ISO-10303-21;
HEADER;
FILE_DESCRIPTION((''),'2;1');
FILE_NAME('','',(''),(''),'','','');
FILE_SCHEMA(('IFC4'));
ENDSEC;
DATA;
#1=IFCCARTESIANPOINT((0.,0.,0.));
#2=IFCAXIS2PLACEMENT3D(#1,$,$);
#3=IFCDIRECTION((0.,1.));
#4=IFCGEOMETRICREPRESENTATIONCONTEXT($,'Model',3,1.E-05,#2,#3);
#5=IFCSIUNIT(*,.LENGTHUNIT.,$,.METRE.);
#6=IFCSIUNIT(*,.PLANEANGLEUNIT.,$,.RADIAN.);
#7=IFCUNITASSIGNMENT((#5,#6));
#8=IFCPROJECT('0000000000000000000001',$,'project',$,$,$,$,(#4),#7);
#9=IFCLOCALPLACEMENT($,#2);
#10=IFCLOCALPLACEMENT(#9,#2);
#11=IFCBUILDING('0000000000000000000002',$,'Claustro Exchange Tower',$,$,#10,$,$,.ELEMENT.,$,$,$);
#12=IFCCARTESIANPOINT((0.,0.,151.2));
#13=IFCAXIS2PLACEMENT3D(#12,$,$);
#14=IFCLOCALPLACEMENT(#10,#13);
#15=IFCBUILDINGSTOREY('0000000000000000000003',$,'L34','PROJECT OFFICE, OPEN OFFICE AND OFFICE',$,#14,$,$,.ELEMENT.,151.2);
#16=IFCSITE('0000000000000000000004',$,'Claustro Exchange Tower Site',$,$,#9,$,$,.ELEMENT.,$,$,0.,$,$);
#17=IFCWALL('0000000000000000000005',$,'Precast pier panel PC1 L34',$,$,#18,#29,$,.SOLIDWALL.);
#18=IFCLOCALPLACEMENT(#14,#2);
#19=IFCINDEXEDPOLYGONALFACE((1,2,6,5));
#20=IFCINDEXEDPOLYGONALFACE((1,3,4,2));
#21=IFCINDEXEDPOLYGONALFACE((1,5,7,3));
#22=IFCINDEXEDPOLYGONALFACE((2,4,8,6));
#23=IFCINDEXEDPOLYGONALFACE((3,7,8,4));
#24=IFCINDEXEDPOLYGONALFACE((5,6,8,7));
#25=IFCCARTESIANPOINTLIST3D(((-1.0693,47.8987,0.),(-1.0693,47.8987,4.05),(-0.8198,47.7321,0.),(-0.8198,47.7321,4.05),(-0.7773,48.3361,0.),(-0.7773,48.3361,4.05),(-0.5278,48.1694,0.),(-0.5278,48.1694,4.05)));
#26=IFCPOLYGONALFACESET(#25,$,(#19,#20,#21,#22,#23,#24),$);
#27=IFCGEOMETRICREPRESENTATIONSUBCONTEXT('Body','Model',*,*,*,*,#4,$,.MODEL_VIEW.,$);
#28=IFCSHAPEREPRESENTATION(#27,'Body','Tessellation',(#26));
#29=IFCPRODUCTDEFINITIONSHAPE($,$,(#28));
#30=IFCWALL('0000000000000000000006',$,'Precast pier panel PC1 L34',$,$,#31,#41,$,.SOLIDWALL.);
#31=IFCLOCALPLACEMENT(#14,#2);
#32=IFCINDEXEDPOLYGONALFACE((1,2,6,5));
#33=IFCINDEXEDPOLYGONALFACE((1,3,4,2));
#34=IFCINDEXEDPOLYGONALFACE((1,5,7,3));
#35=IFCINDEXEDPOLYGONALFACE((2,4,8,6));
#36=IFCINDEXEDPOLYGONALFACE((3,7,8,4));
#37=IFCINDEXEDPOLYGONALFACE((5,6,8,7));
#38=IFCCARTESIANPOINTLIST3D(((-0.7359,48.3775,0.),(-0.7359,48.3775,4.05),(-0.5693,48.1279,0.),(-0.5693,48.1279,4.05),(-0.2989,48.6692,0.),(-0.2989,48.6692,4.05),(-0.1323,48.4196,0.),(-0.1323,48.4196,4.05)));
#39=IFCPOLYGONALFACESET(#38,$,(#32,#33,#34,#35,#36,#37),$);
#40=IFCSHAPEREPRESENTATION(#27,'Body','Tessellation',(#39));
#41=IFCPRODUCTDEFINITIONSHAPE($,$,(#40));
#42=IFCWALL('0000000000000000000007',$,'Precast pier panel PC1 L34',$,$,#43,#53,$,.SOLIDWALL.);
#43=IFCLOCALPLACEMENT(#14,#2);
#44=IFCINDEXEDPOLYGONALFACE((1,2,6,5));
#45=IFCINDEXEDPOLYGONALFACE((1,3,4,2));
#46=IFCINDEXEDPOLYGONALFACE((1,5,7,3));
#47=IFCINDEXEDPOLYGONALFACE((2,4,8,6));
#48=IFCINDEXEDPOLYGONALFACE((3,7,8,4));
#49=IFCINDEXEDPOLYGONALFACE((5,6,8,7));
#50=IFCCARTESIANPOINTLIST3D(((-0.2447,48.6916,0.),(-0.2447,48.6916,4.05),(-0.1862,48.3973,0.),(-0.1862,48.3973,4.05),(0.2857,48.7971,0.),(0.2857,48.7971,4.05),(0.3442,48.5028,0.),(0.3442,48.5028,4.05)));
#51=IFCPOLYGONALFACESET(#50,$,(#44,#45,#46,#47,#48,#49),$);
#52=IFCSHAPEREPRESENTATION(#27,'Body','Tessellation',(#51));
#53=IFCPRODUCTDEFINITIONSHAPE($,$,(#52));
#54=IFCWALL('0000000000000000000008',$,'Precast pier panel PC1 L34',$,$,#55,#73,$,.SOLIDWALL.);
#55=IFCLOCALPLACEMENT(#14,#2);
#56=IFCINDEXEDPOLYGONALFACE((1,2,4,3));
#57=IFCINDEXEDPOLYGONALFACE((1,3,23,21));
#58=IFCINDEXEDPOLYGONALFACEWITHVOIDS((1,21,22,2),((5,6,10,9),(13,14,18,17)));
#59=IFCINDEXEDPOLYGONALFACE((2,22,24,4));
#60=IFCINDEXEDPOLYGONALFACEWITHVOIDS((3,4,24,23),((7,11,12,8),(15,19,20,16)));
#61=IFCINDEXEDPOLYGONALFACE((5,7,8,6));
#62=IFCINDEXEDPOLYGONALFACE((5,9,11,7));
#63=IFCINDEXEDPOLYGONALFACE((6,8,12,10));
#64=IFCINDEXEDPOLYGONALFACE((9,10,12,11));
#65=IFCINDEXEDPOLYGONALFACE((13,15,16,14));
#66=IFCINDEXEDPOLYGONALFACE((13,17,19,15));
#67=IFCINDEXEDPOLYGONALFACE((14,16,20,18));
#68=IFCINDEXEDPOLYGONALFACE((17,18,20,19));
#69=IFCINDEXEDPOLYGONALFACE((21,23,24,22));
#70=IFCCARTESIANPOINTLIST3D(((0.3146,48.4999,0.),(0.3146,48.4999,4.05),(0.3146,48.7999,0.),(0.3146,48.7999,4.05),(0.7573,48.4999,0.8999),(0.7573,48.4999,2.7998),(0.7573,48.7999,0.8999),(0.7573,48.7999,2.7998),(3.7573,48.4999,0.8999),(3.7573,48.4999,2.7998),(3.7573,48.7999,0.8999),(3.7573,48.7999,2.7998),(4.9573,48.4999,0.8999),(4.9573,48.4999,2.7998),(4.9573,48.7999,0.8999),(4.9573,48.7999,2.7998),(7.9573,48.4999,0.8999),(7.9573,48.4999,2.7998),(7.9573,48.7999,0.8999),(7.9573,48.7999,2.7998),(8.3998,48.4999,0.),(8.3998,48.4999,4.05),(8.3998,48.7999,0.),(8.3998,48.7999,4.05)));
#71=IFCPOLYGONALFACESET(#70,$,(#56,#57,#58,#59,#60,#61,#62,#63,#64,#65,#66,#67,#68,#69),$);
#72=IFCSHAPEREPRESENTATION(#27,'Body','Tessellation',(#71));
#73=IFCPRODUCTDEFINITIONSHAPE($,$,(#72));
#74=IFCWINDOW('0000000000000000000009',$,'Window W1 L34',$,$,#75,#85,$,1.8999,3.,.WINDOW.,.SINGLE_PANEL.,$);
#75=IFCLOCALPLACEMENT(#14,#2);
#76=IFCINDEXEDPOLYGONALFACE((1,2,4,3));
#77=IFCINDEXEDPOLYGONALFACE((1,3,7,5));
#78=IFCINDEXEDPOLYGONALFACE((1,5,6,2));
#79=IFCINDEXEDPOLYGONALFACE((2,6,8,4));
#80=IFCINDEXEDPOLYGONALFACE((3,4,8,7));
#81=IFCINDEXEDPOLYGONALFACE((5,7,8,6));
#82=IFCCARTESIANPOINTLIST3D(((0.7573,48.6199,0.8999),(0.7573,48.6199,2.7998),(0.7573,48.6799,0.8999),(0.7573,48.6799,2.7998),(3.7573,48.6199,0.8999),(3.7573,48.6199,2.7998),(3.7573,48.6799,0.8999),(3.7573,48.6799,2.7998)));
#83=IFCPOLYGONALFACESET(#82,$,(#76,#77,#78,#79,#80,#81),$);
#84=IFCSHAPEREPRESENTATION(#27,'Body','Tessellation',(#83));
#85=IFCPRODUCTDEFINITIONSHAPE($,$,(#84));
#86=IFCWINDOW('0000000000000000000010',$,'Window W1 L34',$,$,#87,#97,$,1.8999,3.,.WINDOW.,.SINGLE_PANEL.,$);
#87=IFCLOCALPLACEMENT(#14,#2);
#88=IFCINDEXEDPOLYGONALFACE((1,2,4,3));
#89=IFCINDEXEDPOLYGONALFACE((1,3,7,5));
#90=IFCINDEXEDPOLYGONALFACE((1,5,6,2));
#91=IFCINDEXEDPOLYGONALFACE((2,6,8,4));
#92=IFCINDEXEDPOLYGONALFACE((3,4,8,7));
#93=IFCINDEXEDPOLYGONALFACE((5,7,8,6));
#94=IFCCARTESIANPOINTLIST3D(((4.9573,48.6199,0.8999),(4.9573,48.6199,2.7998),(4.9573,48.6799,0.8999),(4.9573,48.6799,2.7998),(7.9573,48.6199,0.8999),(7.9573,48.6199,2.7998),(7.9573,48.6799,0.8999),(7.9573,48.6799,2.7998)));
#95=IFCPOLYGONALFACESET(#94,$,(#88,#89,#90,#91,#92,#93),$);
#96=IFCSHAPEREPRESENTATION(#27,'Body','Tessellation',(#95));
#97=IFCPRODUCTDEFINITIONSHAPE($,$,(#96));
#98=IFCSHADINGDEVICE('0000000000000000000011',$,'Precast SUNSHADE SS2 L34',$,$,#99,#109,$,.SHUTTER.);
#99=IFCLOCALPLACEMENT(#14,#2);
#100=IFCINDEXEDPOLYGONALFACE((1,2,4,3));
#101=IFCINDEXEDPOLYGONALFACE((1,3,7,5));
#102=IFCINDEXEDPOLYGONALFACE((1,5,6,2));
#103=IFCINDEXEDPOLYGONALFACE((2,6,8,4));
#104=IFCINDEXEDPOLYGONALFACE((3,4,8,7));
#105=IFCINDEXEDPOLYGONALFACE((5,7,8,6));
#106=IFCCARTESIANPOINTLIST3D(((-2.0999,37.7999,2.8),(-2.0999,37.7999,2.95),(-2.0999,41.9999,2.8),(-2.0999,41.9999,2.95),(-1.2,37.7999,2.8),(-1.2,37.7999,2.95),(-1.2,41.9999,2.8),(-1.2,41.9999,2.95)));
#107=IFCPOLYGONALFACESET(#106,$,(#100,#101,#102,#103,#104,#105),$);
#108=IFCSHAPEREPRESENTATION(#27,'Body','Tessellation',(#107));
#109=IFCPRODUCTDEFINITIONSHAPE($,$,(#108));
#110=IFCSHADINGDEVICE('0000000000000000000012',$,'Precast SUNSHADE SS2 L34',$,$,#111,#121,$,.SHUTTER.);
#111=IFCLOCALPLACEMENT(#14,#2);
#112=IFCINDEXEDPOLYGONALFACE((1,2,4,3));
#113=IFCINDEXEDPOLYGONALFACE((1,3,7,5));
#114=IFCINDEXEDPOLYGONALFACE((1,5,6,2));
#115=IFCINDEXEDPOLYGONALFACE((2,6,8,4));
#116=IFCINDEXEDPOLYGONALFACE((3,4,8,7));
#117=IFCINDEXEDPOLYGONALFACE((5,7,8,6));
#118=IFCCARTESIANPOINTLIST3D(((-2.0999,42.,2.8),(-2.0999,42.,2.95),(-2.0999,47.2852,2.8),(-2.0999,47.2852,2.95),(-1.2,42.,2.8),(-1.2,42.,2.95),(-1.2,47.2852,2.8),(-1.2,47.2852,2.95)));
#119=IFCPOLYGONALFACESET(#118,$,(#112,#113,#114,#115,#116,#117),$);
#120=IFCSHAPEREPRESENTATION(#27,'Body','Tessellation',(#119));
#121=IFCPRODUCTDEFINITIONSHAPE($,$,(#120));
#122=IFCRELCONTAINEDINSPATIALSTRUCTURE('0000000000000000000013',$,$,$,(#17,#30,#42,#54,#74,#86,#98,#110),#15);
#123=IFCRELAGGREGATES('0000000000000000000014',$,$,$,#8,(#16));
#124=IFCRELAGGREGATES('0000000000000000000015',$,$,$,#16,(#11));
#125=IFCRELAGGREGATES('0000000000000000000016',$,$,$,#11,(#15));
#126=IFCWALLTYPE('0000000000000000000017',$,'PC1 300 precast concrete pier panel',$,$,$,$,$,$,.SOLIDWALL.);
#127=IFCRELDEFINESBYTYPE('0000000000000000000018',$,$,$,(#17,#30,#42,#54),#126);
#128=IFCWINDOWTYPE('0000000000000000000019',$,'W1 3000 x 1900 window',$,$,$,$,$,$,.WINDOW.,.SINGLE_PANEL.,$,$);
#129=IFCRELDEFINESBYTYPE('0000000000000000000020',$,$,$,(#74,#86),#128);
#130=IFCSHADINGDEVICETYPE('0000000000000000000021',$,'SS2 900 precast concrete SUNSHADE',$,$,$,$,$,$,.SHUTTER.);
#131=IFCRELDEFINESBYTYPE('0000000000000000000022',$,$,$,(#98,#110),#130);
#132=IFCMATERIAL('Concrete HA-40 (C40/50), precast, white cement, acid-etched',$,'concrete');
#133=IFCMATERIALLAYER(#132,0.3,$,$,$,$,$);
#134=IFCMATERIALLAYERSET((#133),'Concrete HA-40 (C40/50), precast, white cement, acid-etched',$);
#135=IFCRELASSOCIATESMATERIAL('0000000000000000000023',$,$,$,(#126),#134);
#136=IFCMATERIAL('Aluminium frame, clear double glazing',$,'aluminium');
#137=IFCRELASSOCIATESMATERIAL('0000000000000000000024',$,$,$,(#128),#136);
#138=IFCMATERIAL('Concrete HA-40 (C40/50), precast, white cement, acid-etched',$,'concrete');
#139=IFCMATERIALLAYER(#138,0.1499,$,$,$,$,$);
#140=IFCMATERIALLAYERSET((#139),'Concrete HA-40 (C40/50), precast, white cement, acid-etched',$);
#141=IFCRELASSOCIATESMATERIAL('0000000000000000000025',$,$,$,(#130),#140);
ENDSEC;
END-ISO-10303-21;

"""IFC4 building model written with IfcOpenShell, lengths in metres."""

from ifc_helpers import new_model, si_unit, direction, frame, frame_2d, origin, origin_2d, place, context, subcontext, project, spatial, rectangle, extrude, material, layer, layer_set, type_object, element, fill, save


model = new_model("IFC4")

# Units and contexts
model_context = context("Model", 3, precision=1e-05, world=origin(), true_north=direction((0.0, 1.0)))
body_context = subcontext(model_context, "Body", "Model", "MODEL_VIEW")
ifc_project = project(units=[si_unit("LENGTHUNIT", "METRE"), si_unit("PLANEANGLEUNIT", "RADIAN")], contexts=[model_context])

# Site, building, storey
site_placement = place(None, origin())
site = spatial("IfcSite", under=ifc_project, at=site_placement, Name="Claustro Exchange Tower Site", CompositionType="ELEMENT", RefElevation=0.0)
building_placement = place(site_placement, origin())
building = spatial("IfcBuilding", under=site, at=building_placement, Name="Claustro Exchange Tower", CompositionType="ELEMENT")
storey_placement = place(building_placement, frame((0.0, 0.0, 151.2)))
storey = spatial("IfcBuildingStorey", under=building, at=storey_placement, Name="L34", Description="PROJECT OFFICE, OPEN OFFICE AND OFFICE", CompositionType="ELEMENT", Elevation=151.2)

# Shared definitions
ifc_material_1 = material(Name="Concrete HA-40 (C40/50), precast, white cement, acid-etched", Category="concrete")
ifc_layer_1 = layer(ifc_material_1, 0.3)
ifc_layer_set_1 = layer_set([ifc_layer_1], Name="Concrete HA-40 (C40/50), precast, white cement, acid-etched")
wall_type_1 = type_object("IfcWallType", Name="PC1 300 precast concrete pier panel", PredefinedType="SOLIDWALL", material=ifc_layer_set_1)

# Walls
wall_1_placement = place(storey_placement, frame((-0.9446, 47.8154, 0.0), z_axis=(0.0, 0.0, 1.0), x_axis=(0.555343, 0.831621, 0.0)))
element("IfcWall", 1, at=wall_1_placement, inside=storey, type_object=wall_type_1, Name="Precast pier panel PC1 L34", PredefinedType="SOLIDWALL", context=body_context, shape_type="SweptSolid", body=[
    extrude(rectangle(XDim=0.5259, YDim=0.3, at=frame_2d((0.2629, 0.0))), origin(), (0.0, 0.0, 1.0), 4.05),
])
wall_2_placement = place(storey_placement, frame((-0.6526, 48.2527, 0.0), z_axis=(0.0, 0.0, 1.0), x_axis=(0.831693, 0.555236, 0.0)))
element("IfcWall", 2, at=wall_2_placement, inside=storey, type_object=wall_type_1, Name="Precast pier panel PC1 L34", PredefinedType="SOLIDWALL", context=body_context, shape_type="SweptSolid", body=[
    extrude(rectangle(XDim=0.5254, YDim=0.3, at=frame_2d((0.2627, 0.0))), origin(), (0.0, 0.0, 1.0), 4.05),
])
wall_3_placement = place(storey_placement, frame((-0.2156, 48.5444, 0.0), z_axis=(0.0, 0.0, 1.0), x_axis=(0.980789, 0.195074, 0.0)))
element("IfcWall", 3, at=wall_3_placement, inside=storey, type_object=wall_type_1, Name="Precast pier panel PC1 L34", PredefinedType="SOLIDWALL", context=body_context, shape_type="SweptSolid", body=[
    extrude(rectangle(XDim=0.5408, YDim=0.3, at=frame_2d((0.2705, 0.0))), origin(), (0.0, 0.0, 1.0), 4.05),
])

# Wall, openings, windows
wall_4_placement = place(storey_placement, frame((0.3147, 48.6499, 0.0), z_axis=(0.0, 0.0, 1.0), x_axis=(1.0, 0.0, 0.0)))
wall_4 = element("IfcWall", 4, at=wall_4_placement, inside=storey, type_object=wall_type_1, Name="Precast pier panel PC1 L34", PredefinedType="SOLIDWALL", context=body_context, shape_type="SweptSolid", body=[
    extrude(rectangle(XDim=8.0852, YDim=0.3, at=frame_2d((4.0425, 0.0))), origin(), (0.0, 0.0, 1.0), 4.05),
])
opening_1_placement = place(wall_4_placement, frame((0.4426, 0.0, 0.8999)))
opening_1 = element("IfcOpeningElement", 5, at=opening_1_placement, cuts=wall_4, PredefinedType="OPENING", context=body_context, shape_type="SweptSolid", body=[
    extrude(rectangle(XDim=3.0, YDim=1.8999, at=frame_2d((1.5, 0.95))), frame((0.0, 0.1599, 0.0), z_axis=(0.0, -1.0, 0.0), x_axis=(1.0, 0.0, 0.0)), (0.0, 0.0, 1.0), 0.3201),
])
opening_2_placement = place(wall_4_placement, frame((4.6426, 0.0, 0.8999)))
opening_2 = element("IfcOpeningElement", 6, at=opening_2_placement, cuts=wall_4, PredefinedType="OPENING", context=body_context, shape_type="SweptSolid", body=[
    extrude(rectangle(XDim=3.0, YDim=1.8999, at=frame_2d((1.5, 0.95))), frame((0.0, 0.1599, 0.0), z_axis=(0.0, -1.0, 0.0), x_axis=(1.0, 0.0, 0.0)), (0.0, 0.0, 1.0), 0.3201),
])
ifc_material_2 = material(Name="Aluminium frame, clear double glazing", Category="aluminium")
window_type_1 = type_object("IfcWindowType", Name="W1 3000 x 1900 window", PartitioningType="SINGLE_PANEL", PredefinedType="WINDOW", material=ifc_material_2)
window_1_placement = place(opening_1_placement, origin())
window_1 = element("IfcWindow", 7, at=window_1_placement, inside=storey, type_object=window_type_1, Name="Window W1 L34", OverallHeight=1.8999, OverallWidth=3.0, PartitioningType="SINGLE_PANEL", PredefinedType="WINDOW", context=body_context, shape_type="SweptSolid", body=[
    extrude(rectangle(XDim=3.0, YDim=1.8999, at=frame_2d((1.5, 0.95))), frame((0.0, 0.03, 0.0), z_axis=(0.0, -1.0, 0.0), x_axis=(1.0, 0.0, 0.0)), (0.0, 0.0, 1.0), 0.0601),
])
fill(opening_1, window_1)
window_2_placement = place(opening_2_placement, origin())
window_2 = element("IfcWindow", 8, at=window_2_placement, inside=storey, type_object=window_type_1, Name="Window W1 L34", OverallHeight=1.8999, OverallWidth=3.0, PartitioningType="SINGLE_PANEL", PredefinedType="WINDOW", context=body_context, shape_type="SweptSolid", body=[
    extrude(rectangle(XDim=3.0, YDim=1.8999, at=frame_2d((1.5, 0.95))), frame((0.0, 0.03, 0.0), z_axis=(0.0, -1.0, 0.0), x_axis=(1.0, 0.0, 0.0)), (0.0, 0.0, 1.0), 0.0601),
])
fill(opening_2, window_2)

# Shading devices
ifc_material_3 = material(Name="Concrete HA-40 (C40/50), precast, white cement, acid-etched", Category="concrete")
ifc_layer_2 = layer(ifc_material_3, 0.1499)
ifc_layer_set_2 = layer_set([ifc_layer_2], Name="Concrete HA-40 (C40/50), precast, white cement, acid-etched")
shading_device_type = type_object("IfcShadingDeviceType", Name="SS2 900 precast concrete SUNSHADE", PredefinedType="SHUTTER", material=ifc_layer_set_2)
shading_device_1_placement = place(storey_placement, frame((-1.6499, 39.8999, 2.8), z_axis=(0.0, 0.0, 1.0), x_axis=(0.0, 1.0, 0.0)))
element("IfcShadingDevice", 9, at=shading_device_1_placement, inside=storey, type_object=shading_device_type, Name="Precast SUNSHADE SS2 L34", PredefinedType="SHUTTER", context=body_context, shape_type="SweptSolid", body=[
    extrude(rectangle(XDim=4.2, YDim=0.8999, at=origin_2d()), origin(), (0.0, 0.0, 1.0), 0.1499),
])
shading_device_2_placement = place(storey_placement, frame((-1.6499, 44.6426, 2.8), z_axis=(0.0, 0.0, 1.0), x_axis=(0.0, 1.0, 0.0)))
element("IfcShadingDevice", 10, at=shading_device_2_placement, inside=storey, type_object=shading_device_type, Name="Precast SUNSHADE SS2 L34", PredefinedType="SHUTTER", context=body_context, shape_type="SweptSolid", body=[
    extrude(rectangle(XDim=5.2852, YDim=0.8999, at=origin_2d()), origin(), (0.0, 0.0, 1.0), 0.1499),
])

save(model, "model.ifc")
